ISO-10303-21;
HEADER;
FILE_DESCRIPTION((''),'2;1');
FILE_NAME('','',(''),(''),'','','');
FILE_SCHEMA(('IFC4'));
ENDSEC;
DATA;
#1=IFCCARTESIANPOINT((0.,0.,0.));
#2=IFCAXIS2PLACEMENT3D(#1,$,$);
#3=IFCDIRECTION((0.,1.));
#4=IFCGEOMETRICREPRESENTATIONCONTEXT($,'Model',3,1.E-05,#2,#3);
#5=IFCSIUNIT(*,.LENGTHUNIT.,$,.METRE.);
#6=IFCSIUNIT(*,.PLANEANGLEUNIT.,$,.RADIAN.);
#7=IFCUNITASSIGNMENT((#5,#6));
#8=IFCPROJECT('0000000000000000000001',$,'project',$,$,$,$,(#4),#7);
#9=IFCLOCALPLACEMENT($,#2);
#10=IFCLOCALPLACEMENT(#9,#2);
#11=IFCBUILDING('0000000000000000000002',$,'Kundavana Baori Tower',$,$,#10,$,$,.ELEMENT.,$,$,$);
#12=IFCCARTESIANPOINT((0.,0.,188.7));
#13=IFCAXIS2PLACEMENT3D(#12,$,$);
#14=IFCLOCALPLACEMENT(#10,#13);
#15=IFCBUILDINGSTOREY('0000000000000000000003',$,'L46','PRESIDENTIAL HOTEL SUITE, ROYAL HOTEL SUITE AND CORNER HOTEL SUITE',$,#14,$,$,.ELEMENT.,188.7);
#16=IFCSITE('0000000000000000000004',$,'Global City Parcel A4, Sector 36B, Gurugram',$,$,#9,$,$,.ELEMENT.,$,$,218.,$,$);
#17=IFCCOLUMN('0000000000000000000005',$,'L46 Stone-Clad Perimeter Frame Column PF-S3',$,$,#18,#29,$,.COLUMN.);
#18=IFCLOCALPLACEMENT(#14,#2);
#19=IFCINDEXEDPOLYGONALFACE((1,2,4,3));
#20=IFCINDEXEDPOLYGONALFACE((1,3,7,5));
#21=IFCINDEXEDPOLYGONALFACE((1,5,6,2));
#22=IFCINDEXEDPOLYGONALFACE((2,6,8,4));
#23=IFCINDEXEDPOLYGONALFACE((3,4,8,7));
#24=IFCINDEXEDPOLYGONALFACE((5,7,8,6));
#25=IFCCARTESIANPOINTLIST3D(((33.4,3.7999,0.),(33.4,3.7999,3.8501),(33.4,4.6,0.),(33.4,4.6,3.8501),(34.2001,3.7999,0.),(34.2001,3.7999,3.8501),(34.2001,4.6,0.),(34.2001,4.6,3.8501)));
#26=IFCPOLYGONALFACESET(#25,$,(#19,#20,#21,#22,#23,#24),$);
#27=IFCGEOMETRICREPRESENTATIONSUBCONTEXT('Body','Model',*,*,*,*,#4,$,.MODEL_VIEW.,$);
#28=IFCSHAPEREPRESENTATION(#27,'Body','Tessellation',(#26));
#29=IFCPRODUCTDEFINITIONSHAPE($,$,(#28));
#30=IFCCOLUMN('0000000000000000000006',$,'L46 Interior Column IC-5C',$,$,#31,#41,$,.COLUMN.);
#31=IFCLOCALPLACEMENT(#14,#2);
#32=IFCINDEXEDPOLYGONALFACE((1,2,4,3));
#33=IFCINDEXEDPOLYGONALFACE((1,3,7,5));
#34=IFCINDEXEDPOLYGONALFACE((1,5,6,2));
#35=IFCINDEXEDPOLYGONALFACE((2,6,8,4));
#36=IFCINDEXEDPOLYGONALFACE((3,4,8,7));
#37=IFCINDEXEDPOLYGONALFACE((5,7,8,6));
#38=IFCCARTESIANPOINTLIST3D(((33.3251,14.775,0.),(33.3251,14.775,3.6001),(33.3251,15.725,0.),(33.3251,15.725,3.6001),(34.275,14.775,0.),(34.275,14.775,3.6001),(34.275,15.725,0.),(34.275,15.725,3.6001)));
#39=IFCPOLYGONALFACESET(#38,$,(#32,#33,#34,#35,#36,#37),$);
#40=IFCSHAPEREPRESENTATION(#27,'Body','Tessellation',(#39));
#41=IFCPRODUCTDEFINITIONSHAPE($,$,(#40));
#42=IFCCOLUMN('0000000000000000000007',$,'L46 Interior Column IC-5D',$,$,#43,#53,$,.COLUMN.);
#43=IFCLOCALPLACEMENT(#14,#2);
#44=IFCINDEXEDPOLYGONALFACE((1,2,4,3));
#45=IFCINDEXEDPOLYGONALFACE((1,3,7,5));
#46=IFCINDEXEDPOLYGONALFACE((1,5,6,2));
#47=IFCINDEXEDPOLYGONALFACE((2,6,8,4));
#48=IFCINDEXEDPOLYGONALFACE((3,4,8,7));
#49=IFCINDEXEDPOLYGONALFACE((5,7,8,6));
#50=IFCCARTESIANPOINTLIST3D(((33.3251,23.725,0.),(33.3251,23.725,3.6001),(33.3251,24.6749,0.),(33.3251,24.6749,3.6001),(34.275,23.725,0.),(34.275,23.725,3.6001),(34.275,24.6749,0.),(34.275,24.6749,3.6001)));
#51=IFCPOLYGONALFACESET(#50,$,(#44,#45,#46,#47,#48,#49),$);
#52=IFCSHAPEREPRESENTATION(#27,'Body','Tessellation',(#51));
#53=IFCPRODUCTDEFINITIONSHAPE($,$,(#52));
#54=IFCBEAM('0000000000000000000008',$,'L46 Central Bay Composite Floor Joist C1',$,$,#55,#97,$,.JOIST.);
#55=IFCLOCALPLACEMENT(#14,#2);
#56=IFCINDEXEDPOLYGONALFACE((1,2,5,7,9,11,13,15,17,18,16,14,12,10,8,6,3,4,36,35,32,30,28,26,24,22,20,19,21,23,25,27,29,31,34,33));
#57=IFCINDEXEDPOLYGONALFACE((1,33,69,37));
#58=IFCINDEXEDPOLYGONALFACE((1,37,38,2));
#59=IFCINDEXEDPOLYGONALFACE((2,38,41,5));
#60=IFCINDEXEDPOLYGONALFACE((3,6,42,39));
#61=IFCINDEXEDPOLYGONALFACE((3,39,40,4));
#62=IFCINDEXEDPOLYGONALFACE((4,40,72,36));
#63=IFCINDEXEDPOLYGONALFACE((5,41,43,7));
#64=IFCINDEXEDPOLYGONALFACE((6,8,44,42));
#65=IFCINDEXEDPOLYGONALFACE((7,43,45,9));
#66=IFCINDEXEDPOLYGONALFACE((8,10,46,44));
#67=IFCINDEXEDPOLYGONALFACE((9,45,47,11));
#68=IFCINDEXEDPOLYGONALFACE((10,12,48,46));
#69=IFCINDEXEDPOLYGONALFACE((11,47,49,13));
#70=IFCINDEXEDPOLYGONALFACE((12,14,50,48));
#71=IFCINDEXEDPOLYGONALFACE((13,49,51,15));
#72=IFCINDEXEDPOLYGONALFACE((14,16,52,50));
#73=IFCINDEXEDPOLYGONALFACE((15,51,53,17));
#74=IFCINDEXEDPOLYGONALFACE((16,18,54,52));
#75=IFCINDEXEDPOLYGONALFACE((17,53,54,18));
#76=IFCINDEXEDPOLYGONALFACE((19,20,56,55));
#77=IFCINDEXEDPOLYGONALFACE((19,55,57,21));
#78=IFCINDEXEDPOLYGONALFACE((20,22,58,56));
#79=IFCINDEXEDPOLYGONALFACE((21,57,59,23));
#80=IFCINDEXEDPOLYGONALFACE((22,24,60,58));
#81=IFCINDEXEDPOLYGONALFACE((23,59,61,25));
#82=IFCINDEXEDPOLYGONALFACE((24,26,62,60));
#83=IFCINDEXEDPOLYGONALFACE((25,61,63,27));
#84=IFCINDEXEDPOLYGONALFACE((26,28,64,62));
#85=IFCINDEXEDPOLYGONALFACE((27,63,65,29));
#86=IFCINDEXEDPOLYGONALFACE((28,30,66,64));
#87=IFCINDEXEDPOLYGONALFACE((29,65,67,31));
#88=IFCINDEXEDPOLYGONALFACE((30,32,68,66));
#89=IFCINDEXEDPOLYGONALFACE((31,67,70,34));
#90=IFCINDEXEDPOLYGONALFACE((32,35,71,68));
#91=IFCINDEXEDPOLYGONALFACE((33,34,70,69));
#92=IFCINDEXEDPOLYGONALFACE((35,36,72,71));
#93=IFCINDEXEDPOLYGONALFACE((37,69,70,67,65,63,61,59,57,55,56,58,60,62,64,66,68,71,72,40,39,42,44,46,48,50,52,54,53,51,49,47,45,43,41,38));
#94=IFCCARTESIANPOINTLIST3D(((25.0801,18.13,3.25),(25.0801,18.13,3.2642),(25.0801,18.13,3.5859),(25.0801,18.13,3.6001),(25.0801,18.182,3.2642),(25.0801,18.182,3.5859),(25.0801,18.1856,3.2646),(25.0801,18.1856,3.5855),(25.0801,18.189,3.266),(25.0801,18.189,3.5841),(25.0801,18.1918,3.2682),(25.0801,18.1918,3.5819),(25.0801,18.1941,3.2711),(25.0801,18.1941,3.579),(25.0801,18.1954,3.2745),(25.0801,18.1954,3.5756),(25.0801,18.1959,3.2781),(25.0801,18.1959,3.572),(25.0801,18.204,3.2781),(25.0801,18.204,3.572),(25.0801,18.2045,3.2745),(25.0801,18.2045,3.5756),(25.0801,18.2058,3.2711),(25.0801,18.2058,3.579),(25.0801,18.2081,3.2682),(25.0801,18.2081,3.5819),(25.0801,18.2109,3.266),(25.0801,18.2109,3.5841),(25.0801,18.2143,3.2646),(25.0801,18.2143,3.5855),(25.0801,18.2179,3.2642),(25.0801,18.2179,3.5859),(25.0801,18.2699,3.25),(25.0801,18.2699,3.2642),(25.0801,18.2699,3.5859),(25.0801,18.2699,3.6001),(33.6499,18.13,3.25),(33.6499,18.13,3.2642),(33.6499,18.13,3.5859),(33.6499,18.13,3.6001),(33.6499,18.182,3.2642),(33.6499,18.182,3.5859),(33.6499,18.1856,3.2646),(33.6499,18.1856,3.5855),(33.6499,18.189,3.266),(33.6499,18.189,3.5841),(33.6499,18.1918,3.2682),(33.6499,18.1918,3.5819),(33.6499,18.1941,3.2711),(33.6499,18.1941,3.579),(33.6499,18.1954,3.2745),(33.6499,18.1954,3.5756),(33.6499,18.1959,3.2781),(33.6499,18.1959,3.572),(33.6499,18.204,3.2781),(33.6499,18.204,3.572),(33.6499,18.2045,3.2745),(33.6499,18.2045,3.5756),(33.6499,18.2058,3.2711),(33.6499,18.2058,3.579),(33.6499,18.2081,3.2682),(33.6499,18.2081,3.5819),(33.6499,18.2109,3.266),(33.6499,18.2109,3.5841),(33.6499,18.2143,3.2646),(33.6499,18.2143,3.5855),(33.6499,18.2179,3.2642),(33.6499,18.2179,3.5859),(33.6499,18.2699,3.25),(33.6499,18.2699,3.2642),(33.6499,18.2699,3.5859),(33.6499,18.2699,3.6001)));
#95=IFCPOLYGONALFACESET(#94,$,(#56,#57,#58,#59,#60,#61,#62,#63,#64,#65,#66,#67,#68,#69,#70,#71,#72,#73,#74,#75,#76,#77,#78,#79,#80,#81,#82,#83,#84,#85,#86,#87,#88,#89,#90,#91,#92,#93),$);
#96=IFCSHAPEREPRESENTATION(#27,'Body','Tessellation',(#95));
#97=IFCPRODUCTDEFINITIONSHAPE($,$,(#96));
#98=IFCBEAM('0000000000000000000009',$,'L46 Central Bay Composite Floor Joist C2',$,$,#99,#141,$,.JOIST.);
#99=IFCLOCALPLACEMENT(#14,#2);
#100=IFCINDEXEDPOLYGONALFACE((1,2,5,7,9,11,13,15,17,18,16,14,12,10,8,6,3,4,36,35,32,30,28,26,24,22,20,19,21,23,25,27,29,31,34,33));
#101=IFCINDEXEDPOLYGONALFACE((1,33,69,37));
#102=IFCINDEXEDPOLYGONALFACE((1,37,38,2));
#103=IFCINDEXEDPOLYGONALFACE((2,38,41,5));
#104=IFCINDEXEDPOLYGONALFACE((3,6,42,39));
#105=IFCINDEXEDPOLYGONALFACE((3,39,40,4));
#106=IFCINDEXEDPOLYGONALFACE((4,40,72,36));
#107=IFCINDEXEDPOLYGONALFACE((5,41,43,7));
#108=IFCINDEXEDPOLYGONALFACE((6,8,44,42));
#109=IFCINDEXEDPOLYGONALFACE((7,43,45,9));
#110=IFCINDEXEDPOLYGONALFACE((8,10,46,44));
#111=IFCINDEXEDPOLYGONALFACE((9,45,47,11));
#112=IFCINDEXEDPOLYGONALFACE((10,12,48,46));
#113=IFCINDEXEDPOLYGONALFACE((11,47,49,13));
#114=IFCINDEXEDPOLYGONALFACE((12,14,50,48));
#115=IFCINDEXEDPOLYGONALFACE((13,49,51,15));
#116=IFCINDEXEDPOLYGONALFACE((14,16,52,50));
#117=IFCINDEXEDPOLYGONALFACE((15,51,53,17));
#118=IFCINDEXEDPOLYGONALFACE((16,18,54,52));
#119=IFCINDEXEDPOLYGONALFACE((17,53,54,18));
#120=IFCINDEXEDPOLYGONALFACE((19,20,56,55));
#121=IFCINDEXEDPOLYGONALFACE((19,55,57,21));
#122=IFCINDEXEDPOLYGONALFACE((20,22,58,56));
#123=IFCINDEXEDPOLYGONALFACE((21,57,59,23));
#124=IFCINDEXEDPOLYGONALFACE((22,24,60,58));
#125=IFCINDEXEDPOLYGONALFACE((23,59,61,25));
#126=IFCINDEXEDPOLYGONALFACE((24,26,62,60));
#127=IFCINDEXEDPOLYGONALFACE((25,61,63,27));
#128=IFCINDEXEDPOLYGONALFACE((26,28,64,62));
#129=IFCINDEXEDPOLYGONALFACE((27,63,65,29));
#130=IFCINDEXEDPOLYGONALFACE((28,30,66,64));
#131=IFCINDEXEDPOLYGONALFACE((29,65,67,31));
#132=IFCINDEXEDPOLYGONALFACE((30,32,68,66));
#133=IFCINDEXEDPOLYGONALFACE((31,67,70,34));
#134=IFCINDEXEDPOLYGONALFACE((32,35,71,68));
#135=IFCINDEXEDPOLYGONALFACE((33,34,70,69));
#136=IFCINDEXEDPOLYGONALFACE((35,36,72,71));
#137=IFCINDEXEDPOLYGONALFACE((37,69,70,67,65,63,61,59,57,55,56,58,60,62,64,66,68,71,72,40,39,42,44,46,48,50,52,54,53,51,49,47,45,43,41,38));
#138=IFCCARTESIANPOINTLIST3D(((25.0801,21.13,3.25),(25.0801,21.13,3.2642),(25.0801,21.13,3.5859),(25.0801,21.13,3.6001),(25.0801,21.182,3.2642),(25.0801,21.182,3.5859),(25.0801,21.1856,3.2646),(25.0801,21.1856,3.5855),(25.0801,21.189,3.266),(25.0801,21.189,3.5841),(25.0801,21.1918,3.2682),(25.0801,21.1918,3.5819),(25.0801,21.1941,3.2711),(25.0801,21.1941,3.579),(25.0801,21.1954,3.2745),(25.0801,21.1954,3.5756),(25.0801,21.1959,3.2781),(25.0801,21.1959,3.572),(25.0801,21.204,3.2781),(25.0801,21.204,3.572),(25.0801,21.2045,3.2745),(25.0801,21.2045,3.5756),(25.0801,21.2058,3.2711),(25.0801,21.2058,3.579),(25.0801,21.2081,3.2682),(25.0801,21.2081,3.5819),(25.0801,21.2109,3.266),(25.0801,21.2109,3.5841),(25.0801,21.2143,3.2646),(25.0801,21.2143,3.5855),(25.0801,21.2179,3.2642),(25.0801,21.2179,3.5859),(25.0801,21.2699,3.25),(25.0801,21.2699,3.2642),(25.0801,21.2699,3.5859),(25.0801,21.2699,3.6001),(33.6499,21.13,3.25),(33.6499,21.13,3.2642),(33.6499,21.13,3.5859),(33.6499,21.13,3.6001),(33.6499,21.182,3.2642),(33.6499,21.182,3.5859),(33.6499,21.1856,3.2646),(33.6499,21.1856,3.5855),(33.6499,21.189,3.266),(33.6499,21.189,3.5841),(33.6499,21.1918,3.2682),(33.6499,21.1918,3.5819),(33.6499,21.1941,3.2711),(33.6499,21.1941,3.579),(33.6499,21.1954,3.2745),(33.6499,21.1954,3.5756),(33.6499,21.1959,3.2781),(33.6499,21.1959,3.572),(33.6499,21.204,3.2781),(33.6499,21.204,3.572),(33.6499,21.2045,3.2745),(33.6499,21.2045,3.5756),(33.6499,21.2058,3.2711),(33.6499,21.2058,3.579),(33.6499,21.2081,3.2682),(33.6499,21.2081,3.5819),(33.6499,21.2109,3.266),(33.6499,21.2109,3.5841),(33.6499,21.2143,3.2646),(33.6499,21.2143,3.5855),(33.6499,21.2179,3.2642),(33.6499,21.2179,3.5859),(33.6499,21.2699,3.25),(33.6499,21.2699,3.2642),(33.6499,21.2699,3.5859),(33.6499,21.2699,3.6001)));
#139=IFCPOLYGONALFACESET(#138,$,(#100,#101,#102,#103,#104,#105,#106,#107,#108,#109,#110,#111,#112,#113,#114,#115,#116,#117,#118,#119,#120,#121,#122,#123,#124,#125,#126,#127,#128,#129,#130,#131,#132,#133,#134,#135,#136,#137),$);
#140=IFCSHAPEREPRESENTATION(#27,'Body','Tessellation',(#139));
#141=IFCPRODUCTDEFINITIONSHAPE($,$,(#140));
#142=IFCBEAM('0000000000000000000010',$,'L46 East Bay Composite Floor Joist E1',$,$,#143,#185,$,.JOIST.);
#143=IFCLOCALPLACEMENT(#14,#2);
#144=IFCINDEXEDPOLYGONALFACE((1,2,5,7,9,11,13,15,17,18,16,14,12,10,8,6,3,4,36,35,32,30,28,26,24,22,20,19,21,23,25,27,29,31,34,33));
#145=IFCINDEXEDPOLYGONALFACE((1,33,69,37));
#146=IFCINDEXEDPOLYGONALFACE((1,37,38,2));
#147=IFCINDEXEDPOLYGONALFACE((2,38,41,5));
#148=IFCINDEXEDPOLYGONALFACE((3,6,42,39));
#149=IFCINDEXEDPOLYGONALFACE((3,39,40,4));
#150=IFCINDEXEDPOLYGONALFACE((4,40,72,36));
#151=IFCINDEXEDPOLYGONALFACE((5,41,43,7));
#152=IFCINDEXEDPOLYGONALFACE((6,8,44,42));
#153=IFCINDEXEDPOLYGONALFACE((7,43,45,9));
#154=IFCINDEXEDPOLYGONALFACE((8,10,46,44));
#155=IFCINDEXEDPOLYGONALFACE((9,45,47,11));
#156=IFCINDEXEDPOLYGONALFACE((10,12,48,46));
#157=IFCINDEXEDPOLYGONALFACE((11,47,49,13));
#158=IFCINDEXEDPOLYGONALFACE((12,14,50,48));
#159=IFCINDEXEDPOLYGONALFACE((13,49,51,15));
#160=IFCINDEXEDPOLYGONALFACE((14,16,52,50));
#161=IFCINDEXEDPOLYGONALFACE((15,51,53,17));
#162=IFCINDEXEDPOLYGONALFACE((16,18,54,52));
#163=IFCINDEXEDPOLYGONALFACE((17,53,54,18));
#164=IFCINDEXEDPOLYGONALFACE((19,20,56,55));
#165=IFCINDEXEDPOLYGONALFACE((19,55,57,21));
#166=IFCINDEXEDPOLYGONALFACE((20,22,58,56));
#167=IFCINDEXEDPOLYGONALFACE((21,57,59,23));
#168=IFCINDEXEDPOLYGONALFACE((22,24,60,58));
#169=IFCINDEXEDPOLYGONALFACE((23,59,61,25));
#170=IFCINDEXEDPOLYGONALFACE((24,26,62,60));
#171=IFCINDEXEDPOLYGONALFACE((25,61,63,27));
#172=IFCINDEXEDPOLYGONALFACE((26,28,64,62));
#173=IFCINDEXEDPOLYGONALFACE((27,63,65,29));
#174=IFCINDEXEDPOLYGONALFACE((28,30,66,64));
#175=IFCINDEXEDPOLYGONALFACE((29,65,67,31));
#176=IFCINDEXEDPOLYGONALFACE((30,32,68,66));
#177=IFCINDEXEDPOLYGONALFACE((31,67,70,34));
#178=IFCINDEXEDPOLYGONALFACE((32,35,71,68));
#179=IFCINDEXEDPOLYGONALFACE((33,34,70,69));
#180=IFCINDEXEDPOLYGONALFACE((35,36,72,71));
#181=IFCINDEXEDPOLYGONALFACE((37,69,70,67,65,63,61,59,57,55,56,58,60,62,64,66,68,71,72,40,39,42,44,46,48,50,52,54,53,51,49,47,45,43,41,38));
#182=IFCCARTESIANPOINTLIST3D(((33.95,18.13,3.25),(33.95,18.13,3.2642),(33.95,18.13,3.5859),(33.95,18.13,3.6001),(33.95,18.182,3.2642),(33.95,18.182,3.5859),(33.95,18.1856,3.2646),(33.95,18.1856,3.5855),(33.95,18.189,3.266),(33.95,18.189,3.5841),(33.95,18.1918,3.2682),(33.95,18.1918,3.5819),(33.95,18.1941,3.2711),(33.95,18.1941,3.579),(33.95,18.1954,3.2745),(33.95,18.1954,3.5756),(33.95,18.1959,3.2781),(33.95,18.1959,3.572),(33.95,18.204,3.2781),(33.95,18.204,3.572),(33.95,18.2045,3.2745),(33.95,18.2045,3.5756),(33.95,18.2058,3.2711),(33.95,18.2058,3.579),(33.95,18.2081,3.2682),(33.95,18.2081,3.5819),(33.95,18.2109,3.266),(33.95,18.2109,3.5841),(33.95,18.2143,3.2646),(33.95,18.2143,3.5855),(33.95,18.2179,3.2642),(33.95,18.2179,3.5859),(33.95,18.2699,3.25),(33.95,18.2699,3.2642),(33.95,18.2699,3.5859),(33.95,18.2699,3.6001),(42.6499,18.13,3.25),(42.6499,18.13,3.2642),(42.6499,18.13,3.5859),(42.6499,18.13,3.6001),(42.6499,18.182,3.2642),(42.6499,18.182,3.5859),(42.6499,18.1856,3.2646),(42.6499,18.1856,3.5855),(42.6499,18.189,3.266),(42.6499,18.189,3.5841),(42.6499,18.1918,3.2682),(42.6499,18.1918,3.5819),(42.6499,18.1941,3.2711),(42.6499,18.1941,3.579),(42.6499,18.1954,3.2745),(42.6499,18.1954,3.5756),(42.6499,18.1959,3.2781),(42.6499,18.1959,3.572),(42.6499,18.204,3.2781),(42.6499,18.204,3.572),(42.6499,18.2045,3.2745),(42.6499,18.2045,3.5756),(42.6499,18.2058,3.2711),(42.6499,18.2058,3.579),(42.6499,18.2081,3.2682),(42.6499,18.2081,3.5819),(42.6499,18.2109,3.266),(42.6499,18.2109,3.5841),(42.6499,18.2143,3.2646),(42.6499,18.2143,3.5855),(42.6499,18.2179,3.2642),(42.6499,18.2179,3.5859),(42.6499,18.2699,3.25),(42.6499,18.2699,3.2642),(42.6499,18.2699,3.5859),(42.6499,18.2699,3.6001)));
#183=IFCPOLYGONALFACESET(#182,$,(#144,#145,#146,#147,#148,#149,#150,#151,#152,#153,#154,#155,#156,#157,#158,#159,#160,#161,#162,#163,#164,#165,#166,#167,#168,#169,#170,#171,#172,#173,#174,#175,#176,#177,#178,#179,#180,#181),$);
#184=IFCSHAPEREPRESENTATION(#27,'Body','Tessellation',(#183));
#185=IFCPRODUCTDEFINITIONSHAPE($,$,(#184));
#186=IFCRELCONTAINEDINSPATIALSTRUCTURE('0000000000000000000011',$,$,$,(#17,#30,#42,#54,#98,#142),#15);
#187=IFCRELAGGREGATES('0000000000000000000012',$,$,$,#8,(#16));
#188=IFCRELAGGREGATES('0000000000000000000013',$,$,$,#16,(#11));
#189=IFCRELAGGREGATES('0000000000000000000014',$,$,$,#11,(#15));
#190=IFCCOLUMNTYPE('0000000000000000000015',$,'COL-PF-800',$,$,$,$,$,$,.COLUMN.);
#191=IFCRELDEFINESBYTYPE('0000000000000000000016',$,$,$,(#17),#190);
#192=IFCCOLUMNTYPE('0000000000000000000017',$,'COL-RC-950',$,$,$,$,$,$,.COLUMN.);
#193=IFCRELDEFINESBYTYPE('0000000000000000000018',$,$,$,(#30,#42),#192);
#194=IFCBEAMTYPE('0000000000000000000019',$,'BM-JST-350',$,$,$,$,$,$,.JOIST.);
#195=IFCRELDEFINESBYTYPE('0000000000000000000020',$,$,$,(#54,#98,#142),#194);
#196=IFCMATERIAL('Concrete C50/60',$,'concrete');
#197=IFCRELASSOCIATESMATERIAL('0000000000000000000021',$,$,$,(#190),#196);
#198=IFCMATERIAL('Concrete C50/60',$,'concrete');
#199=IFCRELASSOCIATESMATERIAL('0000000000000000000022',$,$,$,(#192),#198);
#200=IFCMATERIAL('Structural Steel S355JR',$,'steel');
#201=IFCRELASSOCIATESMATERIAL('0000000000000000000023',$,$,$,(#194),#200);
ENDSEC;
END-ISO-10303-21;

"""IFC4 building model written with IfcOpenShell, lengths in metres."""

from ifc_helpers import new_model, si_unit, direction, frame, origin, origin_2d, place, context, subcontext, project, spatial, rectangle, i_section, extrude, material, material_profile, profile_set, type_object, element, save


model = new_model("IFC4")

# Units and contexts
model_context = context("Model", 3, precision=1e-05, world=origin(), true_north=direction((0.0, 1.0)))
body_context = subcontext(model_context, "Body", "Model", "MODEL_VIEW")
ifc_project = project(units=[si_unit("LENGTHUNIT", "METRE"), si_unit("PLANEANGLEUNIT", "RADIAN")], contexts=[model_context])

# Site, building, storey
site_placement = place(None, origin())
site = spatial("IfcSite", under=ifc_project, at=site_placement, Name="Global City Parcel A4, Sector 36B, Gurugram", CompositionType="ELEMENT", RefElevation=218.0)
building_placement = place(site_placement, origin())
building = spatial("IfcBuilding", under=site, at=building_placement, Name="Kundavana Baori Tower", CompositionType="ELEMENT")
storey_placement = place(building_placement, frame((0.0, 0.0, 188.7)))
storey = spatial("IfcBuildingStorey", under=building, at=storey_placement, Name="L46", Description="PRESIDENTIAL HOTEL SUITE, ROYAL HOTEL SUITE AND CORNER HOTEL SUITE", CompositionType="ELEMENT", Elevation=188.7)

# Columns
ifc_material_1 = material(Name="Concrete C50/60", Category="concrete")
ifc_material_profile_1 = material_profile(ifc_material_1, rectangle(XDim=0.8, YDim=0.8, at=origin_2d()), Name="RC PF 800x800")
ifc_profile_set_1 = profile_set([ifc_material_profile_1], Name="Concrete C50/60")
column_type_1 = type_object("IfcColumnType", Name="COL-PF-800", PredefinedType="COLUMN", material=ifc_profile_set_1)
column_placement = place(storey_placement, frame((33.8, 4.2, 0.0), z_axis=(0.0, 0.0, 1.0), x_axis=(1.0, 0.0, 0.0)))
element("IfcColumn", 1, at=column_placement, inside=storey, type_object=column_type_1, Name="L46 Stone-Clad Perimeter Frame Column PF-S3", PredefinedType="COLUMN", context=body_context, shape_type="SweptSolid", body=[
    extrude(rectangle(XDim=0.8, YDim=0.8, at=origin_2d()), origin(), (0.0, 0.0, 1.0), 3.8501),
])
ifc_material_2 = material(Name="Concrete C50/60", Category="concrete")
ifc_material_profile_2 = material_profile(ifc_material_2, rectangle(XDim=0.95, YDim=0.95, at=origin_2d()), Name="RC 950x950")
ifc_profile_set_2 = profile_set([ifc_material_profile_2], Name="Concrete C50/60")
column_type_2 = type_object("IfcColumnType", Name="COL-RC-950", PredefinedType="COLUMN", material=ifc_profile_set_2)
for number, where, z_axis, x_axis, name in (
    (2, (33.8, 15.25, 0.0), (0.0, 0.0, 1.0), (1.0, 0.0, 0.0), "L46 Interior Column IC-5C"),
    (3, (33.8, 24.2, 0.0), (0.0, 0.0, 1.0), (1.0, 0.0, 0.0), "L46 Interior Column IC-5D"),
):
    element("IfcColumn", number, at=place(storey_placement, frame(where, z_axis=z_axis, x_axis=x_axis)), inside=storey, type_object=column_type_2, Name=name, PredefinedType="COLUMN", context=body_context, shape_type="SweptSolid", body=[
        extrude(rectangle(XDim=0.95, YDim=0.95, at=origin_2d()), origin(), (0.0, 0.0, 1.0), 3.6001),
    ])

# Beams
ifc_material_3 = material(Name="Structural Steel S355JR", Category="steel")
ifc_material_profile_3 = material_profile(ifc_material_3, i_section(OverallWidth=0.1399, OverallDepth=0.3501, WebThickness=0.0081, FlangeThickness=0.0142, FilletRadius=0.0139, at=origin_2d()), Name="ISMB 350")
ifc_profile_set_3 = profile_set([ifc_material_profile_3], Name="Structural Steel S355JR")
beam_type_1 = type_object("IfcBeamType", Name="BM-JST-350", PredefinedType="JOIST", material=ifc_profile_set_3)
for number, where, z_axis, x_axis, name in (
    (4, (25.0801, 18.2, 3.425), (1.0, 0.0, 0.0), (0.0, 1.0, 0.0), "L46 Central Bay Composite Floor Joist C1"),
    (5, (25.0801, 21.2, 3.425), (1.0, 0.0, 0.0), (0.0, 1.0, 0.0), "L46 Central Bay Composite Floor Joist C2"),
):
    element("IfcBeam", number, at=place(storey_placement, frame(where, z_axis=z_axis, x_axis=x_axis)), inside=storey, type_object=beam_type_1, Name=name, PredefinedType="JOIST", context=body_context, shape_type="SweptSolid", body=[
        extrude(i_section(OverallWidth=0.1399, OverallDepth=0.3501, WebThickness=0.0081, FlangeThickness=0.0142, FilletRadius=0.0139, at=origin_2d()), origin(), (0.0, 0.0, 1.0), 8.5698),
    ])
for number, where, z_axis, x_axis, name in (
    (6, (33.95, 18.2, 3.425), (1.0, 0.0, 0.0), (0.0, 1.0, 0.0), "L46 East Bay Composite Floor Joist E1"),
):
    element("IfcBeam", number, at=place(storey_placement, frame(where, z_axis=z_axis, x_axis=x_axis)), inside=storey, type_object=beam_type_1, Name=name, PredefinedType="JOIST", context=body_context, shape_type="SweptSolid", body=[
        extrude(i_section(OverallWidth=0.1399, OverallDepth=0.3501, WebThickness=0.0081, FlangeThickness=0.0142, FilletRadius=0.0139, at=origin_2d()), origin(), (0.0, 0.0, 1.0), 8.7),
    ])

save(model, "model.ifc")
